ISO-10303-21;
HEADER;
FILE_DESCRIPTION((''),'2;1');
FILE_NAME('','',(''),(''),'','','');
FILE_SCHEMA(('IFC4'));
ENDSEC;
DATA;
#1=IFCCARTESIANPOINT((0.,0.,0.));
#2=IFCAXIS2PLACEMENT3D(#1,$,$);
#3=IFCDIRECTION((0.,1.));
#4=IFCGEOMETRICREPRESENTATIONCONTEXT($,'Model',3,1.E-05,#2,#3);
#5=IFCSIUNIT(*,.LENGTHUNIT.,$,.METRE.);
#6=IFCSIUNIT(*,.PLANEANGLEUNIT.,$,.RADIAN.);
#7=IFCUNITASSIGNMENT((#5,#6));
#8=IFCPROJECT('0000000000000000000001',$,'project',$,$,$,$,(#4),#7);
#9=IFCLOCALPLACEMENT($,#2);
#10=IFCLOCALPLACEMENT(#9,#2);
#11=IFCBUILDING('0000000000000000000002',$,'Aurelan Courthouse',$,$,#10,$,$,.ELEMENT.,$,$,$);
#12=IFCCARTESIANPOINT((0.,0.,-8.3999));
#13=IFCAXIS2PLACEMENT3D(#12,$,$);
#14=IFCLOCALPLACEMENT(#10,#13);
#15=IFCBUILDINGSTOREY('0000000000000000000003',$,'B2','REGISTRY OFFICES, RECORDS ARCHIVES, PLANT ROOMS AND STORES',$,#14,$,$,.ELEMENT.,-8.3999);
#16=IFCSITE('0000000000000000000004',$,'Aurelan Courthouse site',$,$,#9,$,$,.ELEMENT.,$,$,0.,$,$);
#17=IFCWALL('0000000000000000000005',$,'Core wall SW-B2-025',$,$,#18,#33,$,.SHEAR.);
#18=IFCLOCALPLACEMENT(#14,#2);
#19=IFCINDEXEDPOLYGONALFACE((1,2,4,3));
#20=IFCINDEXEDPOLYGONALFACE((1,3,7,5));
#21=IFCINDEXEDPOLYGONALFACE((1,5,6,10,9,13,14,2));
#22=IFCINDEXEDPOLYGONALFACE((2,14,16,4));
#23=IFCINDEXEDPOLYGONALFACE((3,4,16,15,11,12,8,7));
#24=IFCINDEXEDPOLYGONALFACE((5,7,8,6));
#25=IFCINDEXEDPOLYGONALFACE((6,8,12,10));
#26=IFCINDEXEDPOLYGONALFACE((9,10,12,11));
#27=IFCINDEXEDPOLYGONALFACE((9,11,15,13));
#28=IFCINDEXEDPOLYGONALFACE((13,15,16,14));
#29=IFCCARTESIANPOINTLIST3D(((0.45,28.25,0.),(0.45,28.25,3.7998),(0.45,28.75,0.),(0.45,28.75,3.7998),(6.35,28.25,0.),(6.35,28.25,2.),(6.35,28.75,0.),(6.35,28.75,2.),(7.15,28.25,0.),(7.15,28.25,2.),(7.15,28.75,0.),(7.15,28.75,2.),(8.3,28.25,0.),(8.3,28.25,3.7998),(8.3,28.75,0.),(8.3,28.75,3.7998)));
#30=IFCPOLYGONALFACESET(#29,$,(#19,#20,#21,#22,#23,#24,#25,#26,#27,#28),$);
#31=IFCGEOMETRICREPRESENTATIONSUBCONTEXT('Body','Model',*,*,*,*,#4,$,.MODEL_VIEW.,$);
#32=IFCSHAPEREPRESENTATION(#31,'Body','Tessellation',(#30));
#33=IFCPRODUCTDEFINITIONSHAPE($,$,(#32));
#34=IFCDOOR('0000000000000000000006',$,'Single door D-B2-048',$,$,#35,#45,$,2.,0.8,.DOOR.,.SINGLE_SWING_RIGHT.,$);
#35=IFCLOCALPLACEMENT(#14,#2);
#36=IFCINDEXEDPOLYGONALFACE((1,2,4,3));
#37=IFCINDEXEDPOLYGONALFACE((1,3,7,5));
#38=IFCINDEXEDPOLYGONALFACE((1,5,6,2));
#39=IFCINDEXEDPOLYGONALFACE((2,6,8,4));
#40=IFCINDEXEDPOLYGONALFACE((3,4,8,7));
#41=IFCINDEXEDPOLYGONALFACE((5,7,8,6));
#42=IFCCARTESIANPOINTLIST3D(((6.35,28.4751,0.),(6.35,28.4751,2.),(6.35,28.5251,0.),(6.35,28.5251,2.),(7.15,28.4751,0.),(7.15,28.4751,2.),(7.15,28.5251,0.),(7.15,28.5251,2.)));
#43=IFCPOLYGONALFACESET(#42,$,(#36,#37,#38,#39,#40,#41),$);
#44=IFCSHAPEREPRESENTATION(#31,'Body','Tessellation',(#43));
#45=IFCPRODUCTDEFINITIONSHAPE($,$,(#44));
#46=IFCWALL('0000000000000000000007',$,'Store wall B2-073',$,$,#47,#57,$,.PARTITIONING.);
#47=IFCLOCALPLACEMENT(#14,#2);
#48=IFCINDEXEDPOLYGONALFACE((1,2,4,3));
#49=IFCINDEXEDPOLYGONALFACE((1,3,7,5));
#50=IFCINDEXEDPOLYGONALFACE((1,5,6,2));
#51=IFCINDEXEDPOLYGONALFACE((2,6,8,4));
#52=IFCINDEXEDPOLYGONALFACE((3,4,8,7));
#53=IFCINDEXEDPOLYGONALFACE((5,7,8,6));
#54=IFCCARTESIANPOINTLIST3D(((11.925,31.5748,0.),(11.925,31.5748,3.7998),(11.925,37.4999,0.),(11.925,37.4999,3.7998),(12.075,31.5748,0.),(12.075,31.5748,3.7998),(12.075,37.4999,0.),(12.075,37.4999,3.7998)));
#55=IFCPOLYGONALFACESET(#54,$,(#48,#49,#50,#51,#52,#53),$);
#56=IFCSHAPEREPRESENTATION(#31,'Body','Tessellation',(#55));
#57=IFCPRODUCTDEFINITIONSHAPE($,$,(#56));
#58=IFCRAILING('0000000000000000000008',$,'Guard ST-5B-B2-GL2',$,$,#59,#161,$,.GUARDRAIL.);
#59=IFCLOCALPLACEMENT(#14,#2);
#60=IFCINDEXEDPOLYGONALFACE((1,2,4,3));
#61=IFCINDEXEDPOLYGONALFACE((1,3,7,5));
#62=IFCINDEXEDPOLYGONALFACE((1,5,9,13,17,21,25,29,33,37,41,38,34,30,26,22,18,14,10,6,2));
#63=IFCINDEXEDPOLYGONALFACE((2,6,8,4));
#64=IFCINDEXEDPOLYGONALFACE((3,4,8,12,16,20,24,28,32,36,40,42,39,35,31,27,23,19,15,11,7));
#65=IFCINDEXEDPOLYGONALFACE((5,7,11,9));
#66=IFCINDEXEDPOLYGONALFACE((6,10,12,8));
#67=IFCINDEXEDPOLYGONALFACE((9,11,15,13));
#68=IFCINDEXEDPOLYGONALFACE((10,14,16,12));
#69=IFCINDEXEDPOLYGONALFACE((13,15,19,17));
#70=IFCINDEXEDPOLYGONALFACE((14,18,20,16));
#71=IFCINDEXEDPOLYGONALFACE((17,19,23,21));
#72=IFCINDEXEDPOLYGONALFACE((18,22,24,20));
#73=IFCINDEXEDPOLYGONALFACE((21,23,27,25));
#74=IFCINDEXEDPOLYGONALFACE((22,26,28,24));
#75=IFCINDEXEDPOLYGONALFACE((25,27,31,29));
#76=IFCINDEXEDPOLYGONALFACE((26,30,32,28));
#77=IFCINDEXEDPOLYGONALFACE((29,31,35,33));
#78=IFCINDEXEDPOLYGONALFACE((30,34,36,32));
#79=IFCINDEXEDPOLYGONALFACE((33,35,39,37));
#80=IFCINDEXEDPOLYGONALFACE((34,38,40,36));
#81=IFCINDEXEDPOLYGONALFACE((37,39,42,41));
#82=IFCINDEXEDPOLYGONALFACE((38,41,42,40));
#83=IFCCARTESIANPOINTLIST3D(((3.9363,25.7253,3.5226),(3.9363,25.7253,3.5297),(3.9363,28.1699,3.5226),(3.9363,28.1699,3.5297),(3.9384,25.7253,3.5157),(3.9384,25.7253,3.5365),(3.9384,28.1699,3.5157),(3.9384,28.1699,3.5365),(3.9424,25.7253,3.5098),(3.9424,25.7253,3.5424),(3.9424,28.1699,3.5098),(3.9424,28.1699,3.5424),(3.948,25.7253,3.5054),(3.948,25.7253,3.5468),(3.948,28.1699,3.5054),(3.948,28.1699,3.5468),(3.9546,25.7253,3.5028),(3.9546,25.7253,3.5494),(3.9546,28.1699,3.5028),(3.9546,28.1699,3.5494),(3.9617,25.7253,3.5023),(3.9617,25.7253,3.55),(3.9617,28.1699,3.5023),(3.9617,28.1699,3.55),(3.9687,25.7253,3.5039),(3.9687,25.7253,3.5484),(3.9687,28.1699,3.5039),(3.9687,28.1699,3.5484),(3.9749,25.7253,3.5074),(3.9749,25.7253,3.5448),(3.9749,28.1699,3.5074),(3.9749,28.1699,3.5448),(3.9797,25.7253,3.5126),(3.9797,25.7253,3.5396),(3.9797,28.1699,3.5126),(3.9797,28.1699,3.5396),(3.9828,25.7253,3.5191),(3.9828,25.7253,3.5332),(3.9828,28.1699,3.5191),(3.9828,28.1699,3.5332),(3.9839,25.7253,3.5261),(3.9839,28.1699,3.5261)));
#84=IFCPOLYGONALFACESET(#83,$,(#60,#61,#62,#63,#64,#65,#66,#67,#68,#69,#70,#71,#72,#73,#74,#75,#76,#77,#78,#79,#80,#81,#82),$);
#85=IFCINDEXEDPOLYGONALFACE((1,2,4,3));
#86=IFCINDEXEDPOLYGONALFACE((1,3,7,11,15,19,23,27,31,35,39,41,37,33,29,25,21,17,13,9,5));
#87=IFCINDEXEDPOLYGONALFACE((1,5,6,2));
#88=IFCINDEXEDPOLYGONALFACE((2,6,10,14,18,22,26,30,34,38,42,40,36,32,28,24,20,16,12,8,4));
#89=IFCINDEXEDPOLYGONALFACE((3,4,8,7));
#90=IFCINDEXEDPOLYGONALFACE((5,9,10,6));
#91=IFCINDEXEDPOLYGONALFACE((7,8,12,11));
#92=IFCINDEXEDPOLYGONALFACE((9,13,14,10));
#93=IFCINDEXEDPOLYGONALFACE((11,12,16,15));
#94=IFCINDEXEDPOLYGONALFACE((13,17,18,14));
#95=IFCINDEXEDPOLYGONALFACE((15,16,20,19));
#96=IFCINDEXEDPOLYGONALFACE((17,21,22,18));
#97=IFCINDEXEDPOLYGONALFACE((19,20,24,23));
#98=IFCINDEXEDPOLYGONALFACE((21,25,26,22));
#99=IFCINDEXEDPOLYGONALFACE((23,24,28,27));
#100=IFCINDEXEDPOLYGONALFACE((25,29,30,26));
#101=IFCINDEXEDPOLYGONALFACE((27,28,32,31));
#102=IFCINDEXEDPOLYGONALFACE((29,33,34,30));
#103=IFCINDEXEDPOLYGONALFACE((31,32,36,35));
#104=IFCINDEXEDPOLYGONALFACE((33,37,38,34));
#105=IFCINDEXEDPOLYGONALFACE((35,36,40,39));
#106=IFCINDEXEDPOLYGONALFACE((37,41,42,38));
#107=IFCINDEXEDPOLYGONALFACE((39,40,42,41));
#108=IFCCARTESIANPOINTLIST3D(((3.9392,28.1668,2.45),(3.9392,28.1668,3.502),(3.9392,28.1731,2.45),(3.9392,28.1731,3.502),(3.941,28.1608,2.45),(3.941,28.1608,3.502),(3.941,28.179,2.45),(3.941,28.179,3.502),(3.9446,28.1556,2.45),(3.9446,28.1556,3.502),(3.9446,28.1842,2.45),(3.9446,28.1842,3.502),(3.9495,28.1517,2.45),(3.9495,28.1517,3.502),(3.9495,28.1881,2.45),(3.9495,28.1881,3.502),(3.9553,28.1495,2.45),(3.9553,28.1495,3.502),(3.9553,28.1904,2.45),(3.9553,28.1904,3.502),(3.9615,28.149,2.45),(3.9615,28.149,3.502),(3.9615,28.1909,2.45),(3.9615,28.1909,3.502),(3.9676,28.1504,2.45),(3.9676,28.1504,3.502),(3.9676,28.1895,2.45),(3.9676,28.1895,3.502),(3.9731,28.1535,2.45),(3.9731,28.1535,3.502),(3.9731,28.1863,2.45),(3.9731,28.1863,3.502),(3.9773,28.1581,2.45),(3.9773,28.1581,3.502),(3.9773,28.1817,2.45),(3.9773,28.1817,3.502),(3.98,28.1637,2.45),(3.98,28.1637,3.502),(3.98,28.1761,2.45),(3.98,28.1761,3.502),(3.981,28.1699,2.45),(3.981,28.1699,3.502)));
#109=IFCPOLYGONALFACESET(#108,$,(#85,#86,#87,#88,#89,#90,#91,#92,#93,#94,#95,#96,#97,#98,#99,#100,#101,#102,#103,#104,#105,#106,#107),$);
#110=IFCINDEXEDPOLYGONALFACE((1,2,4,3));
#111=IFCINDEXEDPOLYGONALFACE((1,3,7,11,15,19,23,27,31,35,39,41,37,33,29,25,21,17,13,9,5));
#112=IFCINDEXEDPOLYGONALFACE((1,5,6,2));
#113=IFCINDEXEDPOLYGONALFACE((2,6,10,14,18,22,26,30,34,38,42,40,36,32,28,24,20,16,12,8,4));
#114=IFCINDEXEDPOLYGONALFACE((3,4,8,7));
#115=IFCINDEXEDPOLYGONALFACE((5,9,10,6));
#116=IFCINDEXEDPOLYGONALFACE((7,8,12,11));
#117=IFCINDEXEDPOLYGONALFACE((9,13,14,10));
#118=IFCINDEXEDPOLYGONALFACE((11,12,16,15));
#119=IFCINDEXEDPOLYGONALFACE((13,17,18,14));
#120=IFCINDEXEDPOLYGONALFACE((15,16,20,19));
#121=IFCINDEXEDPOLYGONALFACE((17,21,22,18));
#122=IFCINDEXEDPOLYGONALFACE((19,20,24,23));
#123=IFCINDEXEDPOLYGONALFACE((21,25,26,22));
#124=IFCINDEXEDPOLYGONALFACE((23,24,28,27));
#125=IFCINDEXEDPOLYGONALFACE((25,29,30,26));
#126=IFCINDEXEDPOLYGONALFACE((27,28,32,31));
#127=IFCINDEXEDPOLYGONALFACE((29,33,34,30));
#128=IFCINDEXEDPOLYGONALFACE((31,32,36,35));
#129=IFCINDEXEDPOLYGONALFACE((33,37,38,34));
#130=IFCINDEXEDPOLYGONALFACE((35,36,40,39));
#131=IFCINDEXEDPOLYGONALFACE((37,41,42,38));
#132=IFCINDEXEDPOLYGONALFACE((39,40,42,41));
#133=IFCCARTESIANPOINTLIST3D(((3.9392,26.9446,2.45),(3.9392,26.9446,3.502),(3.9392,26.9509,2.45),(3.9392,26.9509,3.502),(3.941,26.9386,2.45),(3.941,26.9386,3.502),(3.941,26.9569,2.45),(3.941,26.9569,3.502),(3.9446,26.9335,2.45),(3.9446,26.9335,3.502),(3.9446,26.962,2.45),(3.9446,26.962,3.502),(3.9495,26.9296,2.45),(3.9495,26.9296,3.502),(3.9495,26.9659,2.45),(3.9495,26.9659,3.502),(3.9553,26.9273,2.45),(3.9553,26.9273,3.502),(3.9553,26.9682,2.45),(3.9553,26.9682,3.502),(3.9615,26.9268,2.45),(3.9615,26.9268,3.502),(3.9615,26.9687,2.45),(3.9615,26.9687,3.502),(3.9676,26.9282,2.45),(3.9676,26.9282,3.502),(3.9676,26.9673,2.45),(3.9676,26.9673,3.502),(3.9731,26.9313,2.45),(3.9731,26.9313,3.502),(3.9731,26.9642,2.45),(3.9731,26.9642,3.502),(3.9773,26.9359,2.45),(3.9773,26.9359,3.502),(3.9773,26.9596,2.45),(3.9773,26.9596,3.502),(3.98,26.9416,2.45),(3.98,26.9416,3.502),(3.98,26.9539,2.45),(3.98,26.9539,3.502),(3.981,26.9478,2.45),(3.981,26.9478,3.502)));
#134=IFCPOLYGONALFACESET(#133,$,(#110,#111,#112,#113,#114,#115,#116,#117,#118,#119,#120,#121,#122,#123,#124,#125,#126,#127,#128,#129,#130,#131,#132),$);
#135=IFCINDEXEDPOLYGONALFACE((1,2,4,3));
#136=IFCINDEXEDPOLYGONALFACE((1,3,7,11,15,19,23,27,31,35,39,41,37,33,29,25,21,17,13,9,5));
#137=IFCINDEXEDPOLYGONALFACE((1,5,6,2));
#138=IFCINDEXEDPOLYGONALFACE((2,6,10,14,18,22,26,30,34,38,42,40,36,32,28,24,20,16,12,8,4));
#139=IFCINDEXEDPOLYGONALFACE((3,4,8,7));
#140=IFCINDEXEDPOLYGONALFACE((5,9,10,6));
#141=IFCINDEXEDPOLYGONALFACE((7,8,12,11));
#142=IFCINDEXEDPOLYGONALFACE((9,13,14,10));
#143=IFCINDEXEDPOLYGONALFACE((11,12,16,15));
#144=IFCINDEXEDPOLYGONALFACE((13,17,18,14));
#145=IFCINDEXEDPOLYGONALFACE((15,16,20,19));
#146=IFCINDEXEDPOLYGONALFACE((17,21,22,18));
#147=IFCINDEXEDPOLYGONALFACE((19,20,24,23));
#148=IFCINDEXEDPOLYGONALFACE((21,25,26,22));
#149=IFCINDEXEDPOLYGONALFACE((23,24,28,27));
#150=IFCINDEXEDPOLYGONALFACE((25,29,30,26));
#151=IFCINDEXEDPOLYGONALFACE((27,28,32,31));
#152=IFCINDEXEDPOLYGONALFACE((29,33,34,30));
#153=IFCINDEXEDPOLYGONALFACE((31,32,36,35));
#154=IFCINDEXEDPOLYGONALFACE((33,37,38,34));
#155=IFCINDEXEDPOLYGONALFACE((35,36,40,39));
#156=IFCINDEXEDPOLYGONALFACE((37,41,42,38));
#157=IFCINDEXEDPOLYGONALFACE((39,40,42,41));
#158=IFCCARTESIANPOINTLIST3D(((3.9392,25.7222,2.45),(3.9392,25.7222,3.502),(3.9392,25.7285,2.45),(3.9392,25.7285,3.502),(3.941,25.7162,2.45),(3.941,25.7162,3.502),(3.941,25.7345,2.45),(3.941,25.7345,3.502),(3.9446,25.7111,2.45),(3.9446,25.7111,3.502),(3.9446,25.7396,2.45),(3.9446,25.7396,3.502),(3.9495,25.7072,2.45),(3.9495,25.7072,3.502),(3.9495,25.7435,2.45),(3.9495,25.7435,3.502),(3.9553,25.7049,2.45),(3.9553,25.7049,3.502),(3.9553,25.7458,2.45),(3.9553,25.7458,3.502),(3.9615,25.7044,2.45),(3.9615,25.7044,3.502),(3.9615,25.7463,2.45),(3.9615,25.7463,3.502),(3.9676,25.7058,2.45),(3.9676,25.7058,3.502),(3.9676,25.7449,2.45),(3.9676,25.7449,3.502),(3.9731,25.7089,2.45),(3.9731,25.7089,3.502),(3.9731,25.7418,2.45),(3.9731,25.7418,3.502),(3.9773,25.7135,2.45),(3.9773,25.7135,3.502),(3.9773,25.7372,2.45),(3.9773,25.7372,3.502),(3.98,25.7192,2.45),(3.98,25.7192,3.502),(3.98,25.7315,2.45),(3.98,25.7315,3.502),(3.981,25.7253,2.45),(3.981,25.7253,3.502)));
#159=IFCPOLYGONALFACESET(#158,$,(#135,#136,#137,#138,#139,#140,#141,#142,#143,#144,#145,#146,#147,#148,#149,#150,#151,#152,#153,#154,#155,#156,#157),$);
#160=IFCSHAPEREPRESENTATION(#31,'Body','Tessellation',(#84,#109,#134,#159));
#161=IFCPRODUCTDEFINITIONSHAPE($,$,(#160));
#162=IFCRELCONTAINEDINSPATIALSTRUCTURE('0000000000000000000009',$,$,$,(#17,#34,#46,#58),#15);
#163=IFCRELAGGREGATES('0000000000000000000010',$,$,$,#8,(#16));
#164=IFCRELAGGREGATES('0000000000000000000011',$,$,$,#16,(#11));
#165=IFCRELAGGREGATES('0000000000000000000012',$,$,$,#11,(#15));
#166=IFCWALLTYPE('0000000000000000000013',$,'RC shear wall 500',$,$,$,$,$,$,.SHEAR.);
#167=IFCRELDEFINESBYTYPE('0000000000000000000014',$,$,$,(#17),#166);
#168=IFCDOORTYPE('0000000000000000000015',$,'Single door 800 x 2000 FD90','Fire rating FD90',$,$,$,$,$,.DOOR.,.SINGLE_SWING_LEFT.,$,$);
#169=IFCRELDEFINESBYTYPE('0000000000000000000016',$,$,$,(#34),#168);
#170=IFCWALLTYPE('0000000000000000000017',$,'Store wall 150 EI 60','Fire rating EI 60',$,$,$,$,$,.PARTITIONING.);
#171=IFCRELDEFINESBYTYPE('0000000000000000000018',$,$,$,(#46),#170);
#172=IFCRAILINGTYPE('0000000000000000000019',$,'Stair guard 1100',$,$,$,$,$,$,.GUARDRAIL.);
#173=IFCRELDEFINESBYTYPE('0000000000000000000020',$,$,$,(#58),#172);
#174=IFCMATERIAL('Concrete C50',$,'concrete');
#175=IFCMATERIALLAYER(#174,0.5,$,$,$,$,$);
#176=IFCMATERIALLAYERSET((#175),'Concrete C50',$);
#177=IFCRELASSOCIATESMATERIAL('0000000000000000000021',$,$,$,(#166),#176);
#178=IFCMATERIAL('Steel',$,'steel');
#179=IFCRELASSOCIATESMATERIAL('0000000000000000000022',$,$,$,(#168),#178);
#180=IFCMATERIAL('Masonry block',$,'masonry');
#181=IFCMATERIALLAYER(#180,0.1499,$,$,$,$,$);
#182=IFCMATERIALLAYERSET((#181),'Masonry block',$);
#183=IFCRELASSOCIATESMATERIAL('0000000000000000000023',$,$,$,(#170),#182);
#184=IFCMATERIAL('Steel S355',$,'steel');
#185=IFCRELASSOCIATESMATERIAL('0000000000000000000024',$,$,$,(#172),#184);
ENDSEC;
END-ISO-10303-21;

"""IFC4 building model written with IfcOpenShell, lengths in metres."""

from ifc_helpers import new_model, si_unit, direction, frame, frame_2d, origin, origin_2d, place, context, subcontext, project, spatial, rectangle, circle, extrude, material, layer, layer_set, type_object, element, fill, save


model = new_model("IFC4")

# Units and contexts
model_context = context("Model", 3, precision=1e-05, world=origin(), true_north=direction((0.0, 1.0)))
body_context = subcontext(model_context, "Body", "Model", "MODEL_VIEW")
ifc_project = project(units=[si_unit("LENGTHUNIT", "METRE"), si_unit("PLANEANGLEUNIT", "RADIAN")], contexts=[model_context])

# Site, building, storey
site_placement = place(None, origin())
site = spatial("IfcSite", under=ifc_project, at=site_placement, Name="Aurelan Courthouse site", CompositionType="ELEMENT", RefElevation=0.0)
building_placement = place(site_placement, origin())
building = spatial("IfcBuilding", under=site, at=building_placement, Name="Aurelan Courthouse", CompositionType="ELEMENT")
storey_placement = place(building_placement, frame((0.0, 0.0, -8.3999)))
storey = spatial("IfcBuildingStorey", under=building, at=storey_placement, Name="B2", Description="REGISTRY OFFICES, RECORDS ARCHIVES, PLANT ROOMS AND STORES", CompositionType="ELEMENT", Elevation=-8.3999)

# Shared definitions
ifc_material_1 = material(Name="Concrete C50", Category="concrete")

# Shared definitions
ifc_material_2 = material(Name="Steel", Category="steel")

# Shared definitions
ifc_material_3 = material(Name="Masonry block", Category="masonry")

# Wall, opening, door
ifc_layer_1 = layer(ifc_material_1, 0.5)
ifc_layer_set_1 = layer_set([ifc_layer_1], Name="Concrete C50")
wall_type_1 = type_object("IfcWallType", Name="RC shear wall 500", PredefinedType="SHEAR", material=ifc_layer_set_1)
wall_1_placement = place(storey_placement, frame((0.45, 28.5, 0.0), z_axis=(0.0, 0.0, 1.0), x_axis=(1.0, 0.0, 0.0)))
wall_1 = element("IfcWall", 1, at=wall_1_placement, inside=storey, type_object=wall_type_1, Name="Core wall SW-B2-025", PredefinedType="SHEAR", context=body_context, shape_type="SweptSolid", body=[
    extrude(rectangle(XDim=7.8501, YDim=0.5, at=frame_2d((3.925, 0.0))), origin(), (0.0, 0.0, 1.0), 3.7998),
])
opening_1_placement = place(wall_1_placement, frame((6.7, 0.0, 0.0), z_axis=(0.0, 0.0, 1.0), x_axis=(-1.0, 0.0, 0.0)))
opening_1 = element("IfcOpeningElement", 2, at=opening_1_placement, cuts=wall_1, PredefinedType="OPENING", context=body_context, shape_type="SweptSolid", body=[
    extrude(rectangle(XDim=0.8, YDim=2.0, at=frame_2d((0.3999, 1.0))), frame((0.0, 0.26, 0.0), z_axis=(0.0, -1.0, 0.0), x_axis=(1.0, 0.0, 0.0)), (0.0, 0.0, 1.0), 0.52),
])
door_type_1 = type_object("IfcDoorType", Name="Single door 800 x 2000 FD90", Description="Fire rating FD90", OperationType="SINGLE_SWING_LEFT", PredefinedType="DOOR", material=ifc_material_2)
door_1_placement = place(opening_1_placement, origin())
door_1 = element("IfcDoor", 3, at=door_1_placement, inside=storey, type_object=door_type_1, Name="Single door D-B2-048", OperationType="SINGLE_SWING_RIGHT", OverallHeight=2.0, OverallWidth=0.8, PredefinedType="DOOR", context=body_context, shape_type="SweptSolid", body=[
    extrude(rectangle(XDim=0.8, YDim=2.0, at=frame_2d((0.3999, 1.0))), frame((0.0, 0.0249, 0.0), z_axis=(0.0, -1.0, 0.0), x_axis=(1.0, 0.0, 0.0)), (0.0, 0.0, 1.0), 0.05),
])
fill(opening_1, door_1)

# Wall
ifc_layer_2 = layer(ifc_material_3, 0.1499)
ifc_layer_set_2 = layer_set([ifc_layer_2], Name="Masonry block")
wall_type_2 = type_object("IfcWallType", Name="Store wall 150 EI 60", Description="Fire rating EI 60", PredefinedType="PARTITIONING", material=ifc_layer_set_2)
wall_2_placement = place(storey_placement, frame((12.0, 31.575, 0.0), z_axis=(0.0, 0.0, 1.0), x_axis=(0.0, 1.0, 0.0)))
element("IfcWall", 4, at=wall_2_placement, inside=storey, type_object=wall_type_2, Name="Store wall B2-073", PredefinedType="PARTITIONING", context=body_context, shape_type="SweptSolid", body=[
    extrude(rectangle(XDim=5.925, YDim=0.1499, at=frame_2d((2.9624, 0.0))), origin(), (0.0, 0.0, 1.0), 3.7998),
])

# Railing
ifc_material_4 = material(Name="Steel S355", Category="steel")
railing_type = type_object("IfcRailingType", Name="Stair guard 1100", PredefinedType="GUARDRAIL", material=ifc_material_4)
railing_placement = place(storey_placement, frame((3.96, 28.1699, 2.45)))
element("IfcRailing", 5, at=railing_placement, inside=storey, type_object=railing_type, Name="Guard ST-5B-B2-GL2", PredefinedType="GUARDRAIL", context=body_context, shape_type="SweptSolid", body=[
    extrude(circle(Radius=0.0239, at=origin_2d()), frame((0.0, 0.0, 1.0762), z_axis=(0.0, -1.0, 0.0), x_axis=(1.0, 0.0, 0.0)), (0.0, 0.0, 1.0), 2.4446),
    extrude(circle(Radius=0.021, at=origin_2d()), origin(), (0.0, 0.0, 1.0), 1.052),
    extrude(circle(Radius=0.021, at=origin_2d()), frame((0.0, -1.2222, 0.0)), (0.0, 0.0, 1.0), 1.052),
    extrude(circle(Radius=0.021, at=origin_2d()), frame((0.0, -2.4446, 0.0)), (0.0, 0.0, 1.0), 1.052),
])

save(model, "model.ifc")
